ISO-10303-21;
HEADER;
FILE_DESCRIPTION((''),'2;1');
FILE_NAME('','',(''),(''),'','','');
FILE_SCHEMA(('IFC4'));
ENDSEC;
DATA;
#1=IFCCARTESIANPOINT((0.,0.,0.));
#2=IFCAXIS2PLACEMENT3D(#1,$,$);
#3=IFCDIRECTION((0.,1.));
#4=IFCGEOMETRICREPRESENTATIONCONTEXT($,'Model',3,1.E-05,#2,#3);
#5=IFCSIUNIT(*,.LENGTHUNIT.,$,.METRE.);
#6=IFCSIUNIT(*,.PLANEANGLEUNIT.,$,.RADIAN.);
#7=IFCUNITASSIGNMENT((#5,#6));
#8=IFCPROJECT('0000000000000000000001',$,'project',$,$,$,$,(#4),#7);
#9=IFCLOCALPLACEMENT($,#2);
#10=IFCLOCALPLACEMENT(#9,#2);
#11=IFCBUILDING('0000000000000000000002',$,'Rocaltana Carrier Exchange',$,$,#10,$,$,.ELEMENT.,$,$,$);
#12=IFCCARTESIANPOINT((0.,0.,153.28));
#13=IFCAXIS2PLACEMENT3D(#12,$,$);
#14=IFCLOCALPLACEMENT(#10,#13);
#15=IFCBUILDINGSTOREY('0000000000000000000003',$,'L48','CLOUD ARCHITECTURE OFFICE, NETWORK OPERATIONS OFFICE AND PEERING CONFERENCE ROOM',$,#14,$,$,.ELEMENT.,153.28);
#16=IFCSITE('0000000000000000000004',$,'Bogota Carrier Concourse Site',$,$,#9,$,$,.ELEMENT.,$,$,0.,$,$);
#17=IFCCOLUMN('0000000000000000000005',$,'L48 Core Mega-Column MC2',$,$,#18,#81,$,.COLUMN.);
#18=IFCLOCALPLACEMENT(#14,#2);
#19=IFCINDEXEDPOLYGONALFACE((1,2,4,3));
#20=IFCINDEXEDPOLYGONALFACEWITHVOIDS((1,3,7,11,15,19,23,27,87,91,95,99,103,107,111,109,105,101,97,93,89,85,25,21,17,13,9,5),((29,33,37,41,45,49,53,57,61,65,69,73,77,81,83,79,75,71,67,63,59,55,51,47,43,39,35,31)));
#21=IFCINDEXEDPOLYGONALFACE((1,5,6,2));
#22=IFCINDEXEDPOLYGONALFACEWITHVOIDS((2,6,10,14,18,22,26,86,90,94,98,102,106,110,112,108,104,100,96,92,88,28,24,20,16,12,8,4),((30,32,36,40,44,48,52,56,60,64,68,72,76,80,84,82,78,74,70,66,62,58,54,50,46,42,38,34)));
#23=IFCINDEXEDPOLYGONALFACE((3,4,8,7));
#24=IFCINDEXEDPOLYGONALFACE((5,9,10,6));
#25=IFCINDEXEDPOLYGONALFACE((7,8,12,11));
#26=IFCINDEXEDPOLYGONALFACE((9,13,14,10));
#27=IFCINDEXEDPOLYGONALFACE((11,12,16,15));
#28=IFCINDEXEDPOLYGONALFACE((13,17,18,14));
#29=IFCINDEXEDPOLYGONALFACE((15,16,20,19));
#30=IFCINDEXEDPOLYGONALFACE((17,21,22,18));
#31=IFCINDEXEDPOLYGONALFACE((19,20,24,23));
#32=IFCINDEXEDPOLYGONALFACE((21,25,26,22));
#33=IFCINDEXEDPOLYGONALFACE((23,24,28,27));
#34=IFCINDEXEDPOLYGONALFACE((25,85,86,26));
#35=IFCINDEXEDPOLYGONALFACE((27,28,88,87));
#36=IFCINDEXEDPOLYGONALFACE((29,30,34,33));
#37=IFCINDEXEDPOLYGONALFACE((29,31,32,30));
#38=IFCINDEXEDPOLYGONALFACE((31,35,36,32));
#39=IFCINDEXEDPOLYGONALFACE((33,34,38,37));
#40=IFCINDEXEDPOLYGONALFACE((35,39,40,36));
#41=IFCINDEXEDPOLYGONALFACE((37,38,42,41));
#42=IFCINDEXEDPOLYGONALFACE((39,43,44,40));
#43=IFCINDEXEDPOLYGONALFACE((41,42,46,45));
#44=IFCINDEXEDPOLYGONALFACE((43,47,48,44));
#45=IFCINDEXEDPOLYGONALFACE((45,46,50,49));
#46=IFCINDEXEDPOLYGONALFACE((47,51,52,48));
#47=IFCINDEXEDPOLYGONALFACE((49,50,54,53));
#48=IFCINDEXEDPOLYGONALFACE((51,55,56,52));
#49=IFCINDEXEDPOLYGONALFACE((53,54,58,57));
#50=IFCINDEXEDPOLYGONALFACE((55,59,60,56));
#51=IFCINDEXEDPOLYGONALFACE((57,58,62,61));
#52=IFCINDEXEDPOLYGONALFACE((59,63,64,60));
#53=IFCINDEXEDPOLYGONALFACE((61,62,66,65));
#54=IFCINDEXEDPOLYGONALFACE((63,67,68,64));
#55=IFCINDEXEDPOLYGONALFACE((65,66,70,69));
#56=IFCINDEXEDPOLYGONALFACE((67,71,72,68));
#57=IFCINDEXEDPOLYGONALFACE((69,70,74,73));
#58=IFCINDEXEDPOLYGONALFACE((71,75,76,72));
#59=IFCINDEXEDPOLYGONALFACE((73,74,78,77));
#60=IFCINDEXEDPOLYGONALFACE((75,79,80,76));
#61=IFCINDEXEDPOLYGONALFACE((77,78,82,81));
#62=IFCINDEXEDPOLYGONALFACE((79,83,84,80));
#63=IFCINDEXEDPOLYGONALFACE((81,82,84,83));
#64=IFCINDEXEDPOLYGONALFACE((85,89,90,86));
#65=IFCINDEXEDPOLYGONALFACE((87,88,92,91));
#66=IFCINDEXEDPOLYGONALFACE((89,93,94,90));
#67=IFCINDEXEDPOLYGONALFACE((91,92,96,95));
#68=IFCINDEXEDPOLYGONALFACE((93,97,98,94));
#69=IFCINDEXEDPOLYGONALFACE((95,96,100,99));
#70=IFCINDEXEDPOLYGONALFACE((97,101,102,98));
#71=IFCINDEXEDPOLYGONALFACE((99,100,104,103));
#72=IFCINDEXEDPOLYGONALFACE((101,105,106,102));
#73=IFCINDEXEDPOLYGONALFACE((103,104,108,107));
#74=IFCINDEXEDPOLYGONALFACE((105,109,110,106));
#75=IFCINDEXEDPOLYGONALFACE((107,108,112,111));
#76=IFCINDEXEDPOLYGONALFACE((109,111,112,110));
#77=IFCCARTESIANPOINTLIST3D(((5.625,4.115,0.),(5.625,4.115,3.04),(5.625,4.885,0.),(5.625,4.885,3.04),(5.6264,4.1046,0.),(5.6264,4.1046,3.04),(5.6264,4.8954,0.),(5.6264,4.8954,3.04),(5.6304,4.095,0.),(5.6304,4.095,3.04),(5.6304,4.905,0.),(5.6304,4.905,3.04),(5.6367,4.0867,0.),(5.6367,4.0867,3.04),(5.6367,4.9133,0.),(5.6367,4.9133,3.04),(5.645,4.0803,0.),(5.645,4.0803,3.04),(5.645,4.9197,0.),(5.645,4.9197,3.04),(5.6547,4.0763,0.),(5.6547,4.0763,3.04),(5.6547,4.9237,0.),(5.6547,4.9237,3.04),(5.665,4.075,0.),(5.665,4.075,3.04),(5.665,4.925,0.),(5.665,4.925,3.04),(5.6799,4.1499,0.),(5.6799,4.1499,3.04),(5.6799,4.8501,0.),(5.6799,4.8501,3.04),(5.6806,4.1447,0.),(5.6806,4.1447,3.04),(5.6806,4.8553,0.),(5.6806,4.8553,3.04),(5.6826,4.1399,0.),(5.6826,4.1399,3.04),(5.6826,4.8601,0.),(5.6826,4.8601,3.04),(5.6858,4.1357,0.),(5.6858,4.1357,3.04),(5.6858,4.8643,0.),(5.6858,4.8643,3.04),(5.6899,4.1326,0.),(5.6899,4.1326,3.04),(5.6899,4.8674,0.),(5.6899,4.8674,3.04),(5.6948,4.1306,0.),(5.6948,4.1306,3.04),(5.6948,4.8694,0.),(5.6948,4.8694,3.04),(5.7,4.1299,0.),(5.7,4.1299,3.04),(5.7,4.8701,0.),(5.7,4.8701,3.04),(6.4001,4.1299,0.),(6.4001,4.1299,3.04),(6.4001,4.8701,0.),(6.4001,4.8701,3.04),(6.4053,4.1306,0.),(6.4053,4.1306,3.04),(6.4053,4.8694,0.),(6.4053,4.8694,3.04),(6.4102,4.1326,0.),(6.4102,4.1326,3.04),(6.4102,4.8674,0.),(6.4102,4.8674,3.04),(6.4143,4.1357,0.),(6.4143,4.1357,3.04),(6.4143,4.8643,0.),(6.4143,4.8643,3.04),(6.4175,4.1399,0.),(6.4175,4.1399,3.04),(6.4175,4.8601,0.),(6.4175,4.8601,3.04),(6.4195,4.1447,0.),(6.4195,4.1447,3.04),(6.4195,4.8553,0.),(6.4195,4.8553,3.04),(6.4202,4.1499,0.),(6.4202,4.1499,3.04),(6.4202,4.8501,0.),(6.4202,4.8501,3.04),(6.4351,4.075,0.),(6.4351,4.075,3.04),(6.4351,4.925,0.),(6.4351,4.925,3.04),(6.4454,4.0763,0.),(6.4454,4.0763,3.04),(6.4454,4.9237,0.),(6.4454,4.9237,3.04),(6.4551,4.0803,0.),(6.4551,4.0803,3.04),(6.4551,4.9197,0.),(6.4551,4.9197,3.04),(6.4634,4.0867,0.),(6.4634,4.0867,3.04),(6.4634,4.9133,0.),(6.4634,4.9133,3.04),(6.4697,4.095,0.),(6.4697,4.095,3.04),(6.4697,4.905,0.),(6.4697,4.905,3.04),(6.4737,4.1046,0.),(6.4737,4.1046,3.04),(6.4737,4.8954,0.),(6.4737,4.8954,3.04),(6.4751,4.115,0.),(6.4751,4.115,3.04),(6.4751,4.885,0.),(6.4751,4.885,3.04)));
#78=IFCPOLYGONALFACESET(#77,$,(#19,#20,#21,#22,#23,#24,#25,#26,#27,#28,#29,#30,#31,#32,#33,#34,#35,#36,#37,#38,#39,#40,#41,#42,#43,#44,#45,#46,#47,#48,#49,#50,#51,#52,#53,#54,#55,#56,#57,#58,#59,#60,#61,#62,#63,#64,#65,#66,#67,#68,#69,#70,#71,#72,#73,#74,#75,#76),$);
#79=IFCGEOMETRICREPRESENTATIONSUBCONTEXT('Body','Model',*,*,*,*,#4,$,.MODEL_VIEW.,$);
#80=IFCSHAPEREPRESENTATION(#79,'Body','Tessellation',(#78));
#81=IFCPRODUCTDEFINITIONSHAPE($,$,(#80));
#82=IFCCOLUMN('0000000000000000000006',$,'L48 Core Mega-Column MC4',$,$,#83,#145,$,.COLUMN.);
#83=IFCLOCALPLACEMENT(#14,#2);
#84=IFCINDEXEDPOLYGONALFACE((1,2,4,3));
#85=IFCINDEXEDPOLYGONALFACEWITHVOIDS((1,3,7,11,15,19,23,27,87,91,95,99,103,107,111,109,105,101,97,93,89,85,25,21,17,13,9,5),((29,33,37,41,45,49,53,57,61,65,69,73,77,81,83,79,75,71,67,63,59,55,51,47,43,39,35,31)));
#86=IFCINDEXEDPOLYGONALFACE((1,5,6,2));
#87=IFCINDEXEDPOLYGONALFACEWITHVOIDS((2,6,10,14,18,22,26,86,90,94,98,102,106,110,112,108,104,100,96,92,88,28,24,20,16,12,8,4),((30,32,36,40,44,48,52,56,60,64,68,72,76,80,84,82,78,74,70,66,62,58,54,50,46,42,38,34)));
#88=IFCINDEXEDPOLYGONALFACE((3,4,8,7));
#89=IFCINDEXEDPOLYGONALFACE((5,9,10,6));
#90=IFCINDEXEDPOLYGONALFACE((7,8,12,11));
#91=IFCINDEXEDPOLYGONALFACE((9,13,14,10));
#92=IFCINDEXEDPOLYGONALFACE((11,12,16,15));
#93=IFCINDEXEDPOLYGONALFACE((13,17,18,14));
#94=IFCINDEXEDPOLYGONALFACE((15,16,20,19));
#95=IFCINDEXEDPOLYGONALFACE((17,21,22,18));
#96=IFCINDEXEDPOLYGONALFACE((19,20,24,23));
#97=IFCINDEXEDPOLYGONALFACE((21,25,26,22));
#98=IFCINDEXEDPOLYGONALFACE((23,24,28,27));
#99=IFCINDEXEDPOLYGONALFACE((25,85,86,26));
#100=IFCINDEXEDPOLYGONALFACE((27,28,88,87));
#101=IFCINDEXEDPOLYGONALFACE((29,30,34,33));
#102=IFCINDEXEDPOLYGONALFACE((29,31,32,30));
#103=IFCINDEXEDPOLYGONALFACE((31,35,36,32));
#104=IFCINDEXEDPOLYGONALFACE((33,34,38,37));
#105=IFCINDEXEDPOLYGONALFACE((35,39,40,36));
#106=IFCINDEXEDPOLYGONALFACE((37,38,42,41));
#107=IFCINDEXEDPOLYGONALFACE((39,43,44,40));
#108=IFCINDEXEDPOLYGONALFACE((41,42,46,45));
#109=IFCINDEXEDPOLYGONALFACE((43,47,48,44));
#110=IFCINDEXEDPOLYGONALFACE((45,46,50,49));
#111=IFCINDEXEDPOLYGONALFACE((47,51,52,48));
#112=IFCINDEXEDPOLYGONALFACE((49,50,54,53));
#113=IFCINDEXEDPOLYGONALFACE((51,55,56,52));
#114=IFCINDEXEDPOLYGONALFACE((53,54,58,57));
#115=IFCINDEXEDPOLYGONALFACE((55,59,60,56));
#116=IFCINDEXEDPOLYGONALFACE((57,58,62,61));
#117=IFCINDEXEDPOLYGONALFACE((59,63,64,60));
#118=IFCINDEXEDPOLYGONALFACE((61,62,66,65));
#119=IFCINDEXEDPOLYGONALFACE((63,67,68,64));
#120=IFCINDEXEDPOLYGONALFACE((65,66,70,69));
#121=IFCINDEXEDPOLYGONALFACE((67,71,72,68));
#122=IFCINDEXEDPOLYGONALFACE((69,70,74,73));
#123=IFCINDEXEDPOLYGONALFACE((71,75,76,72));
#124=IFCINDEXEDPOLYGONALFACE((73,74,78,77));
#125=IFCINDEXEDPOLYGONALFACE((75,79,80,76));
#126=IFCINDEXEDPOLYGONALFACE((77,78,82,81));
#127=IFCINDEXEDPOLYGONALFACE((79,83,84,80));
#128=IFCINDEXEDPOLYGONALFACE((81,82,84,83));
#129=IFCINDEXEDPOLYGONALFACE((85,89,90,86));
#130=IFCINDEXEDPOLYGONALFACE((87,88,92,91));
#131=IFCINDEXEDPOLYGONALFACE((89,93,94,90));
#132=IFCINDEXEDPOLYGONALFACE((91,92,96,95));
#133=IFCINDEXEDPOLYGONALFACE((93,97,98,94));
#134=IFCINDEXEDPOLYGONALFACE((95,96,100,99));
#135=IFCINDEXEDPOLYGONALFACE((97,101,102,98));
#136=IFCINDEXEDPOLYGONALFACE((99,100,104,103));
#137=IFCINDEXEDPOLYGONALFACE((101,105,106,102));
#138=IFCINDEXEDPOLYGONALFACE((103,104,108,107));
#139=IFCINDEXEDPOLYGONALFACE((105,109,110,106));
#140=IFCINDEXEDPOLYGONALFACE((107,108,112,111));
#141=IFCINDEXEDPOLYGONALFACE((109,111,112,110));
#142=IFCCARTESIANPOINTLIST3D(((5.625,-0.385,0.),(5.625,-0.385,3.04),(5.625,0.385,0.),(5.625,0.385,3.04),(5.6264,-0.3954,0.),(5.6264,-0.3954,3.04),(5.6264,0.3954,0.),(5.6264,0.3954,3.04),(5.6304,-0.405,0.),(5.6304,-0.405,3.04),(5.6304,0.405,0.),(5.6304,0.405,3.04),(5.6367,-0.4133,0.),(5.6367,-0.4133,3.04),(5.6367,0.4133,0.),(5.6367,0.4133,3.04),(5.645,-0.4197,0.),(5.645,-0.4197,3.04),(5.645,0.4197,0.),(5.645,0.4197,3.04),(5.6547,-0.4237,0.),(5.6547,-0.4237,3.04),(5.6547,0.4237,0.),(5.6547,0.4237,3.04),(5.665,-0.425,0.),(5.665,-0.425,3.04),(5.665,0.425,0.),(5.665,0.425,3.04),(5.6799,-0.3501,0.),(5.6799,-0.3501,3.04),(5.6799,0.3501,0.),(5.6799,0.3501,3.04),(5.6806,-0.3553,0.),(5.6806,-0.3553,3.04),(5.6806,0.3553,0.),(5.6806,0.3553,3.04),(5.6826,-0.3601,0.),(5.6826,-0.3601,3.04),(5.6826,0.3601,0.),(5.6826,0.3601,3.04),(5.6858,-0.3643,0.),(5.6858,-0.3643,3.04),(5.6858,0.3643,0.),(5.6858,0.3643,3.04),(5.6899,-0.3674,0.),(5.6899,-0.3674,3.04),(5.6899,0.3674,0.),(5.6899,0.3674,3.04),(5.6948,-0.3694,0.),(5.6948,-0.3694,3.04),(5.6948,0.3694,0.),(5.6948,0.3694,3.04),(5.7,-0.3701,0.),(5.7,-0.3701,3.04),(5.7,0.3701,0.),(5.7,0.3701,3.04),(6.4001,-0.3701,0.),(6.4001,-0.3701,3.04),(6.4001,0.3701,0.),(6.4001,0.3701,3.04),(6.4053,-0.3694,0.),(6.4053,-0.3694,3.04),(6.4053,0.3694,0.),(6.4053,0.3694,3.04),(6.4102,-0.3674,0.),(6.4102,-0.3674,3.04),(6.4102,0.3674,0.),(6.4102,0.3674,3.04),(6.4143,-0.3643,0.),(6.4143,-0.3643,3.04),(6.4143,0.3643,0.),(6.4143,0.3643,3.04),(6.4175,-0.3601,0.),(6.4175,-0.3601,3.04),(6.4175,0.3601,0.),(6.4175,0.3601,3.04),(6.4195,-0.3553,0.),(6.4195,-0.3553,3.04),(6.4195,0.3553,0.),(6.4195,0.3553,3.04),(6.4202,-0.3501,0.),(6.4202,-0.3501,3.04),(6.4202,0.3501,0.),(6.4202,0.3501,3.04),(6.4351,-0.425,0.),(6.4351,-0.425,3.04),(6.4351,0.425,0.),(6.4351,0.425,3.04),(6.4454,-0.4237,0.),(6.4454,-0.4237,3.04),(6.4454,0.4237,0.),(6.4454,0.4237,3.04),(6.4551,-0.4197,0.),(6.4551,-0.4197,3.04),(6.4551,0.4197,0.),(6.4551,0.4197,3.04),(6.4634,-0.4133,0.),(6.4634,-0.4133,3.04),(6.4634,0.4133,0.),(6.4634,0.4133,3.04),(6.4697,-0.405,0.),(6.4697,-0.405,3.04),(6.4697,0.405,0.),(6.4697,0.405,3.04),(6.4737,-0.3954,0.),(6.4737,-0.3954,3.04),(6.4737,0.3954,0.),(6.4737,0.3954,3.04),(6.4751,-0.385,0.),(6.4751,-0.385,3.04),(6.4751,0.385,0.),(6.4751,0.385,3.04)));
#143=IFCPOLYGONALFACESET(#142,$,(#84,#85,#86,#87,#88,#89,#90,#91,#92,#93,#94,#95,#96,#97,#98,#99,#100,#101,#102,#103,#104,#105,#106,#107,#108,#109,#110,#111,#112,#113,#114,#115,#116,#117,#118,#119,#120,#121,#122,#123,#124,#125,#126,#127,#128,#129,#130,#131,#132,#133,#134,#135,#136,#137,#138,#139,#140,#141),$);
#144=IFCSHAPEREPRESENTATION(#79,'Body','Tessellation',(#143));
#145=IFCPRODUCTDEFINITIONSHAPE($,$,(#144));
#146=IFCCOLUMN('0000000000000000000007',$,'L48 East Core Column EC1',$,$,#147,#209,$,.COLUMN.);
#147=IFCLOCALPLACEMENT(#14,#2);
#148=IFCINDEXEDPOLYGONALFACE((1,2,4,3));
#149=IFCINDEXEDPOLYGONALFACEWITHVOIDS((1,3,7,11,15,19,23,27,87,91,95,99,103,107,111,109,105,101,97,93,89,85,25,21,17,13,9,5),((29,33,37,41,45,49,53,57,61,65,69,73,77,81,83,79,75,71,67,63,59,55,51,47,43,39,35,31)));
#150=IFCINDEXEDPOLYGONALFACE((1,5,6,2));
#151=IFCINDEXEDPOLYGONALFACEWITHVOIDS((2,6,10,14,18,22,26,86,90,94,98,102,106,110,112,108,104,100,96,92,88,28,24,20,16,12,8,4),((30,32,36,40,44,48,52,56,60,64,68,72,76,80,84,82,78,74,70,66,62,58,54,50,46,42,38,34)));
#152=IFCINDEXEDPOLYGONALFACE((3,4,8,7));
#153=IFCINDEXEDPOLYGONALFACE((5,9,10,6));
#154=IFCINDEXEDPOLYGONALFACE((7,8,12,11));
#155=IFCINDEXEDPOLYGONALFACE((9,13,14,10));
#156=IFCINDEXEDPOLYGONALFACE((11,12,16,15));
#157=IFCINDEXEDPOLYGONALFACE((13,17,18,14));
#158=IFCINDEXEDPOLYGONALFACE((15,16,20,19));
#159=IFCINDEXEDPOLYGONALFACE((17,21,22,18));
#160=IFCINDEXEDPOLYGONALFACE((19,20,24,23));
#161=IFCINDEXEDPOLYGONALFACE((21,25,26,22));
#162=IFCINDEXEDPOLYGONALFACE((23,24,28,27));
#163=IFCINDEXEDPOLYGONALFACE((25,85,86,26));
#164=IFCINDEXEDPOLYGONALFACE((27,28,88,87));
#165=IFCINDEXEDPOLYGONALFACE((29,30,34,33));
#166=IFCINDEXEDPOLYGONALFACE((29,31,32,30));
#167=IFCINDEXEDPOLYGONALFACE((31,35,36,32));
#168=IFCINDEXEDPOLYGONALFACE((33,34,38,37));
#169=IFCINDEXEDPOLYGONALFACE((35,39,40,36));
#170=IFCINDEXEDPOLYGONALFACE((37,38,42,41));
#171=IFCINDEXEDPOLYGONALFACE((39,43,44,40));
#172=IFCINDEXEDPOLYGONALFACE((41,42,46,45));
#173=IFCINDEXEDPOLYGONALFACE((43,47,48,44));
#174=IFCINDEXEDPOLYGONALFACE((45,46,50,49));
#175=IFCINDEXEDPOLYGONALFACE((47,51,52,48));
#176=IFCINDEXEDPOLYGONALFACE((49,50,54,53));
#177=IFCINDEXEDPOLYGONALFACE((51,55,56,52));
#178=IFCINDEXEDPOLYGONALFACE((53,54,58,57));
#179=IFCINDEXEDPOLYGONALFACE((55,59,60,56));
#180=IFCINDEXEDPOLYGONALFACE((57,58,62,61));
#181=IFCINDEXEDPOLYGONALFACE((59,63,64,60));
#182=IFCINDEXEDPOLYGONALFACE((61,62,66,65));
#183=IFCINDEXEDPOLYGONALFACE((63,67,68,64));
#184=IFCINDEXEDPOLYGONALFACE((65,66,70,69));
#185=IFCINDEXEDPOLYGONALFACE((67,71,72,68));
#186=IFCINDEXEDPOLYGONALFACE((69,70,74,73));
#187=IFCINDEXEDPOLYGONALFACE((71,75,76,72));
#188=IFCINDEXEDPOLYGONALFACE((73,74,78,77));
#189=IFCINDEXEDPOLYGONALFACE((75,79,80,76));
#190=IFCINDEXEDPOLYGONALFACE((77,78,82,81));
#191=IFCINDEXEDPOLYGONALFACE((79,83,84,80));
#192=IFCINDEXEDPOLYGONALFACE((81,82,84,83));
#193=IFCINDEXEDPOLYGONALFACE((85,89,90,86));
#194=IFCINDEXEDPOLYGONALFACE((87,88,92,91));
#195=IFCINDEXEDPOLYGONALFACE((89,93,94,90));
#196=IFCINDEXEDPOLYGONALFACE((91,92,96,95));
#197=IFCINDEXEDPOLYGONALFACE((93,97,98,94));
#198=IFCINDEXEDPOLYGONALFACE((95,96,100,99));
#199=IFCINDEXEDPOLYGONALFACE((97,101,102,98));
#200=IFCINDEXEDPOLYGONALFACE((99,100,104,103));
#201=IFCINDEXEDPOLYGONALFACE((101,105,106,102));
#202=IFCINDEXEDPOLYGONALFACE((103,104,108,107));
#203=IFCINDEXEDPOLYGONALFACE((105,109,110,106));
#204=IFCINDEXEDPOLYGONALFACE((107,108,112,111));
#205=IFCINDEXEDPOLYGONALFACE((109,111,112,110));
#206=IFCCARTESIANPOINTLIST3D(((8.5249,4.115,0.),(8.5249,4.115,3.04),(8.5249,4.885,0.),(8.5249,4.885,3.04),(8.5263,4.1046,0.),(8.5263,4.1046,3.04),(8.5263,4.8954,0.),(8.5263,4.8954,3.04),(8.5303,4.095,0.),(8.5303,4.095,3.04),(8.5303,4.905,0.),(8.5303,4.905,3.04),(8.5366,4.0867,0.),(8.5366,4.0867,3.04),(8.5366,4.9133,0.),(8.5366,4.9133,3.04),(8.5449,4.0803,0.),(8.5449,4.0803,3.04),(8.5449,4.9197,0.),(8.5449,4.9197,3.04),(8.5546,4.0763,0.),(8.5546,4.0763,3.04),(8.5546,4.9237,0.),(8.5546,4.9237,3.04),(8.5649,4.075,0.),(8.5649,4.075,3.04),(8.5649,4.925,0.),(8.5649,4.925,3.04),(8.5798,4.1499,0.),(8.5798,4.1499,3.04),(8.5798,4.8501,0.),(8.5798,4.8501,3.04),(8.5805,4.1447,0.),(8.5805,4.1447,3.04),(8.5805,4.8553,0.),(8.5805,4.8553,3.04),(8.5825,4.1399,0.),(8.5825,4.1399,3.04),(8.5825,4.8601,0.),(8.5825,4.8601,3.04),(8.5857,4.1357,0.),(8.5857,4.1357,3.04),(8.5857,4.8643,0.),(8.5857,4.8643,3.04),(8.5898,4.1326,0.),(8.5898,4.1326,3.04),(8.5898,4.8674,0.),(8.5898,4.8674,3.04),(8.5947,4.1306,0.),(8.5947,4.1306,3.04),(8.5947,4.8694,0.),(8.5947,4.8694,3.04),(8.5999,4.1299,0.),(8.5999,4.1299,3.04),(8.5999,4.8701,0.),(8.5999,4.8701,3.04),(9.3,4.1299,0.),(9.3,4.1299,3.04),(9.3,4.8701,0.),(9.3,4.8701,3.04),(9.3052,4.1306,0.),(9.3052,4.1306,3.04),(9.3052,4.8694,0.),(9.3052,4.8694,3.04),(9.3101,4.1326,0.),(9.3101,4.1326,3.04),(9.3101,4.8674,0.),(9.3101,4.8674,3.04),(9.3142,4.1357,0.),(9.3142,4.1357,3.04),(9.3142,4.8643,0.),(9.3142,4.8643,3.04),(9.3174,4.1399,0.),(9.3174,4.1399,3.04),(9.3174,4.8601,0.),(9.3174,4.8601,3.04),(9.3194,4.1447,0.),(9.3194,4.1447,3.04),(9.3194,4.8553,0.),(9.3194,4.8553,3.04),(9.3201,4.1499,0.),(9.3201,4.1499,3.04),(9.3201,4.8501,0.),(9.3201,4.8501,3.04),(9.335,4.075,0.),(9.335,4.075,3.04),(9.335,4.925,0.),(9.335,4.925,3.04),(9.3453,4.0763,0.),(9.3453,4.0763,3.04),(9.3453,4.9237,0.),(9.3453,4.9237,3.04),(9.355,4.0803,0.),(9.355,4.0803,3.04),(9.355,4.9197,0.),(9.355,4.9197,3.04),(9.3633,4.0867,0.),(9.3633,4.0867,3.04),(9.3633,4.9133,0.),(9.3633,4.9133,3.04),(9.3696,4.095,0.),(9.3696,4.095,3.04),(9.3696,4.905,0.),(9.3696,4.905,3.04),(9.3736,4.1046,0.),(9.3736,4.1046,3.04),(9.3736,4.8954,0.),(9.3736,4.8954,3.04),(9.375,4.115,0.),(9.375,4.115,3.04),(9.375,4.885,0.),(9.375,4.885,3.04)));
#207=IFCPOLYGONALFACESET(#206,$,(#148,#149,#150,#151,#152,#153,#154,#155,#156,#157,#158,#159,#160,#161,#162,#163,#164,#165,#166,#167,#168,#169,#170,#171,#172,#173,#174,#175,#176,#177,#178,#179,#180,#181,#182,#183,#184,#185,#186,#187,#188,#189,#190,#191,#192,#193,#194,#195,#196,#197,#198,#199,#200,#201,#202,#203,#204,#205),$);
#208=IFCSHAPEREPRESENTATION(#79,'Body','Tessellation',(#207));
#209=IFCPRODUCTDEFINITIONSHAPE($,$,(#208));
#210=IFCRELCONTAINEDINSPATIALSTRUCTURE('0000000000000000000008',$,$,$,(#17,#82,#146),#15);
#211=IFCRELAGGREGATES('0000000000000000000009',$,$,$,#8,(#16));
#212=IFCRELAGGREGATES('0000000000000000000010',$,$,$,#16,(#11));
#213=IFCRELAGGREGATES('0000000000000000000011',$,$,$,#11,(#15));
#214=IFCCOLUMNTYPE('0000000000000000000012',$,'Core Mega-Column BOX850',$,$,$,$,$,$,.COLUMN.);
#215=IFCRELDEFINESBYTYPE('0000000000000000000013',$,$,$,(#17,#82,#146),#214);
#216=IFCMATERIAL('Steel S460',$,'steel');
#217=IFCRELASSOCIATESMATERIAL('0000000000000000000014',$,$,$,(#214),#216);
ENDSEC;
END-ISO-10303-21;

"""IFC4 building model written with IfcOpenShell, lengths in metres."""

from ifc_helpers import new_model, si_unit, direction, frame, origin, origin_2d, place, context, subcontext, project, spatial, hollow_rectangle, extrude, material, material_profile, profile_set, type_object, element, save


model = new_model("IFC4")

# Units and contexts
model_context = context("Model", 3, precision=1e-05, world=origin(), true_north=direction((0.0, 1.0)))
body_context = subcontext(model_context, "Body", "Model", "MODEL_VIEW")
ifc_project = project(units=[si_unit("LENGTHUNIT", "METRE"), si_unit("PLANEANGLEUNIT", "RADIAN")], contexts=[model_context])

# Site, building, storey
site_placement = place(None, origin())
site = spatial("IfcSite", under=ifc_project, at=site_placement, Name="Bogota Carrier Concourse Site", CompositionType="ELEMENT", RefElevation=0.0)
building_placement = place(site_placement, origin())
building = spatial("IfcBuilding", under=site, at=building_placement, Name="Rocaltana Carrier Exchange", CompositionType="ELEMENT")
storey_placement = place(building_placement, frame((0.0, 0.0, 153.28)))
storey = spatial("IfcBuildingStorey", under=building, at=storey_placement, Name="L48", Description="CLOUD ARCHITECTURE OFFICE, NETWORK OPERATIONS OFFICE AND PEERING CONFERENCE ROOM", CompositionType="ELEMENT", Elevation=153.28)

# Columns
ifc_material_1 = material(Name="Steel S460", Category="steel")
ifc_material_profile_1 = material_profile(ifc_material_1, hollow_rectangle(XDim=0.8501, YDim=0.8501, WallThickness=0.0549, InnerFilletRadius=0.02, OuterFilletRadius=0.04, at=origin_2d()), Name="BOX850X850X55")
ifc_profile_set_1 = profile_set([ifc_material_profile_1], Name="Steel S460")
column_type = type_object("IfcColumnType", Name="Core Mega-Column BOX850", PredefinedType="COLUMN", material=ifc_profile_set_1)
for number, where, z_axis, x_axis, name in (
    (1, (6.05, 4.5, 0.0), (0.0, 0.0, 1.0), (1.0, 0.0, 0.0), "L48 Core Mega-Column MC2"),
    (2, (6.05, 0.0, 0.0), (0.0, 0.0, 1.0), (1.0, 0.0, 0.0), "L48 Core Mega-Column MC4"),
    (3, (8.95, 4.5, 0.0), (0.0, 0.0, 1.0), (1.0, 0.0, 0.0), "L48 East Core Column EC1"),
):
    element("IfcColumn", number, at=place(storey_placement, frame(where, z_axis=z_axis, x_axis=x_axis)), inside=storey, type_object=column_type, Name=name, PredefinedType="COLUMN", context=body_context, shape_type="SweptSolid", body=[
        extrude(hollow_rectangle(XDim=0.8501, YDim=0.8501, WallThickness=0.0549, InnerFilletRadius=0.02, OuterFilletRadius=0.04, at=origin_2d()), origin(), (0.0, 0.0, 1.0), 3.04),
    ])

save(model, "model.ifc")
